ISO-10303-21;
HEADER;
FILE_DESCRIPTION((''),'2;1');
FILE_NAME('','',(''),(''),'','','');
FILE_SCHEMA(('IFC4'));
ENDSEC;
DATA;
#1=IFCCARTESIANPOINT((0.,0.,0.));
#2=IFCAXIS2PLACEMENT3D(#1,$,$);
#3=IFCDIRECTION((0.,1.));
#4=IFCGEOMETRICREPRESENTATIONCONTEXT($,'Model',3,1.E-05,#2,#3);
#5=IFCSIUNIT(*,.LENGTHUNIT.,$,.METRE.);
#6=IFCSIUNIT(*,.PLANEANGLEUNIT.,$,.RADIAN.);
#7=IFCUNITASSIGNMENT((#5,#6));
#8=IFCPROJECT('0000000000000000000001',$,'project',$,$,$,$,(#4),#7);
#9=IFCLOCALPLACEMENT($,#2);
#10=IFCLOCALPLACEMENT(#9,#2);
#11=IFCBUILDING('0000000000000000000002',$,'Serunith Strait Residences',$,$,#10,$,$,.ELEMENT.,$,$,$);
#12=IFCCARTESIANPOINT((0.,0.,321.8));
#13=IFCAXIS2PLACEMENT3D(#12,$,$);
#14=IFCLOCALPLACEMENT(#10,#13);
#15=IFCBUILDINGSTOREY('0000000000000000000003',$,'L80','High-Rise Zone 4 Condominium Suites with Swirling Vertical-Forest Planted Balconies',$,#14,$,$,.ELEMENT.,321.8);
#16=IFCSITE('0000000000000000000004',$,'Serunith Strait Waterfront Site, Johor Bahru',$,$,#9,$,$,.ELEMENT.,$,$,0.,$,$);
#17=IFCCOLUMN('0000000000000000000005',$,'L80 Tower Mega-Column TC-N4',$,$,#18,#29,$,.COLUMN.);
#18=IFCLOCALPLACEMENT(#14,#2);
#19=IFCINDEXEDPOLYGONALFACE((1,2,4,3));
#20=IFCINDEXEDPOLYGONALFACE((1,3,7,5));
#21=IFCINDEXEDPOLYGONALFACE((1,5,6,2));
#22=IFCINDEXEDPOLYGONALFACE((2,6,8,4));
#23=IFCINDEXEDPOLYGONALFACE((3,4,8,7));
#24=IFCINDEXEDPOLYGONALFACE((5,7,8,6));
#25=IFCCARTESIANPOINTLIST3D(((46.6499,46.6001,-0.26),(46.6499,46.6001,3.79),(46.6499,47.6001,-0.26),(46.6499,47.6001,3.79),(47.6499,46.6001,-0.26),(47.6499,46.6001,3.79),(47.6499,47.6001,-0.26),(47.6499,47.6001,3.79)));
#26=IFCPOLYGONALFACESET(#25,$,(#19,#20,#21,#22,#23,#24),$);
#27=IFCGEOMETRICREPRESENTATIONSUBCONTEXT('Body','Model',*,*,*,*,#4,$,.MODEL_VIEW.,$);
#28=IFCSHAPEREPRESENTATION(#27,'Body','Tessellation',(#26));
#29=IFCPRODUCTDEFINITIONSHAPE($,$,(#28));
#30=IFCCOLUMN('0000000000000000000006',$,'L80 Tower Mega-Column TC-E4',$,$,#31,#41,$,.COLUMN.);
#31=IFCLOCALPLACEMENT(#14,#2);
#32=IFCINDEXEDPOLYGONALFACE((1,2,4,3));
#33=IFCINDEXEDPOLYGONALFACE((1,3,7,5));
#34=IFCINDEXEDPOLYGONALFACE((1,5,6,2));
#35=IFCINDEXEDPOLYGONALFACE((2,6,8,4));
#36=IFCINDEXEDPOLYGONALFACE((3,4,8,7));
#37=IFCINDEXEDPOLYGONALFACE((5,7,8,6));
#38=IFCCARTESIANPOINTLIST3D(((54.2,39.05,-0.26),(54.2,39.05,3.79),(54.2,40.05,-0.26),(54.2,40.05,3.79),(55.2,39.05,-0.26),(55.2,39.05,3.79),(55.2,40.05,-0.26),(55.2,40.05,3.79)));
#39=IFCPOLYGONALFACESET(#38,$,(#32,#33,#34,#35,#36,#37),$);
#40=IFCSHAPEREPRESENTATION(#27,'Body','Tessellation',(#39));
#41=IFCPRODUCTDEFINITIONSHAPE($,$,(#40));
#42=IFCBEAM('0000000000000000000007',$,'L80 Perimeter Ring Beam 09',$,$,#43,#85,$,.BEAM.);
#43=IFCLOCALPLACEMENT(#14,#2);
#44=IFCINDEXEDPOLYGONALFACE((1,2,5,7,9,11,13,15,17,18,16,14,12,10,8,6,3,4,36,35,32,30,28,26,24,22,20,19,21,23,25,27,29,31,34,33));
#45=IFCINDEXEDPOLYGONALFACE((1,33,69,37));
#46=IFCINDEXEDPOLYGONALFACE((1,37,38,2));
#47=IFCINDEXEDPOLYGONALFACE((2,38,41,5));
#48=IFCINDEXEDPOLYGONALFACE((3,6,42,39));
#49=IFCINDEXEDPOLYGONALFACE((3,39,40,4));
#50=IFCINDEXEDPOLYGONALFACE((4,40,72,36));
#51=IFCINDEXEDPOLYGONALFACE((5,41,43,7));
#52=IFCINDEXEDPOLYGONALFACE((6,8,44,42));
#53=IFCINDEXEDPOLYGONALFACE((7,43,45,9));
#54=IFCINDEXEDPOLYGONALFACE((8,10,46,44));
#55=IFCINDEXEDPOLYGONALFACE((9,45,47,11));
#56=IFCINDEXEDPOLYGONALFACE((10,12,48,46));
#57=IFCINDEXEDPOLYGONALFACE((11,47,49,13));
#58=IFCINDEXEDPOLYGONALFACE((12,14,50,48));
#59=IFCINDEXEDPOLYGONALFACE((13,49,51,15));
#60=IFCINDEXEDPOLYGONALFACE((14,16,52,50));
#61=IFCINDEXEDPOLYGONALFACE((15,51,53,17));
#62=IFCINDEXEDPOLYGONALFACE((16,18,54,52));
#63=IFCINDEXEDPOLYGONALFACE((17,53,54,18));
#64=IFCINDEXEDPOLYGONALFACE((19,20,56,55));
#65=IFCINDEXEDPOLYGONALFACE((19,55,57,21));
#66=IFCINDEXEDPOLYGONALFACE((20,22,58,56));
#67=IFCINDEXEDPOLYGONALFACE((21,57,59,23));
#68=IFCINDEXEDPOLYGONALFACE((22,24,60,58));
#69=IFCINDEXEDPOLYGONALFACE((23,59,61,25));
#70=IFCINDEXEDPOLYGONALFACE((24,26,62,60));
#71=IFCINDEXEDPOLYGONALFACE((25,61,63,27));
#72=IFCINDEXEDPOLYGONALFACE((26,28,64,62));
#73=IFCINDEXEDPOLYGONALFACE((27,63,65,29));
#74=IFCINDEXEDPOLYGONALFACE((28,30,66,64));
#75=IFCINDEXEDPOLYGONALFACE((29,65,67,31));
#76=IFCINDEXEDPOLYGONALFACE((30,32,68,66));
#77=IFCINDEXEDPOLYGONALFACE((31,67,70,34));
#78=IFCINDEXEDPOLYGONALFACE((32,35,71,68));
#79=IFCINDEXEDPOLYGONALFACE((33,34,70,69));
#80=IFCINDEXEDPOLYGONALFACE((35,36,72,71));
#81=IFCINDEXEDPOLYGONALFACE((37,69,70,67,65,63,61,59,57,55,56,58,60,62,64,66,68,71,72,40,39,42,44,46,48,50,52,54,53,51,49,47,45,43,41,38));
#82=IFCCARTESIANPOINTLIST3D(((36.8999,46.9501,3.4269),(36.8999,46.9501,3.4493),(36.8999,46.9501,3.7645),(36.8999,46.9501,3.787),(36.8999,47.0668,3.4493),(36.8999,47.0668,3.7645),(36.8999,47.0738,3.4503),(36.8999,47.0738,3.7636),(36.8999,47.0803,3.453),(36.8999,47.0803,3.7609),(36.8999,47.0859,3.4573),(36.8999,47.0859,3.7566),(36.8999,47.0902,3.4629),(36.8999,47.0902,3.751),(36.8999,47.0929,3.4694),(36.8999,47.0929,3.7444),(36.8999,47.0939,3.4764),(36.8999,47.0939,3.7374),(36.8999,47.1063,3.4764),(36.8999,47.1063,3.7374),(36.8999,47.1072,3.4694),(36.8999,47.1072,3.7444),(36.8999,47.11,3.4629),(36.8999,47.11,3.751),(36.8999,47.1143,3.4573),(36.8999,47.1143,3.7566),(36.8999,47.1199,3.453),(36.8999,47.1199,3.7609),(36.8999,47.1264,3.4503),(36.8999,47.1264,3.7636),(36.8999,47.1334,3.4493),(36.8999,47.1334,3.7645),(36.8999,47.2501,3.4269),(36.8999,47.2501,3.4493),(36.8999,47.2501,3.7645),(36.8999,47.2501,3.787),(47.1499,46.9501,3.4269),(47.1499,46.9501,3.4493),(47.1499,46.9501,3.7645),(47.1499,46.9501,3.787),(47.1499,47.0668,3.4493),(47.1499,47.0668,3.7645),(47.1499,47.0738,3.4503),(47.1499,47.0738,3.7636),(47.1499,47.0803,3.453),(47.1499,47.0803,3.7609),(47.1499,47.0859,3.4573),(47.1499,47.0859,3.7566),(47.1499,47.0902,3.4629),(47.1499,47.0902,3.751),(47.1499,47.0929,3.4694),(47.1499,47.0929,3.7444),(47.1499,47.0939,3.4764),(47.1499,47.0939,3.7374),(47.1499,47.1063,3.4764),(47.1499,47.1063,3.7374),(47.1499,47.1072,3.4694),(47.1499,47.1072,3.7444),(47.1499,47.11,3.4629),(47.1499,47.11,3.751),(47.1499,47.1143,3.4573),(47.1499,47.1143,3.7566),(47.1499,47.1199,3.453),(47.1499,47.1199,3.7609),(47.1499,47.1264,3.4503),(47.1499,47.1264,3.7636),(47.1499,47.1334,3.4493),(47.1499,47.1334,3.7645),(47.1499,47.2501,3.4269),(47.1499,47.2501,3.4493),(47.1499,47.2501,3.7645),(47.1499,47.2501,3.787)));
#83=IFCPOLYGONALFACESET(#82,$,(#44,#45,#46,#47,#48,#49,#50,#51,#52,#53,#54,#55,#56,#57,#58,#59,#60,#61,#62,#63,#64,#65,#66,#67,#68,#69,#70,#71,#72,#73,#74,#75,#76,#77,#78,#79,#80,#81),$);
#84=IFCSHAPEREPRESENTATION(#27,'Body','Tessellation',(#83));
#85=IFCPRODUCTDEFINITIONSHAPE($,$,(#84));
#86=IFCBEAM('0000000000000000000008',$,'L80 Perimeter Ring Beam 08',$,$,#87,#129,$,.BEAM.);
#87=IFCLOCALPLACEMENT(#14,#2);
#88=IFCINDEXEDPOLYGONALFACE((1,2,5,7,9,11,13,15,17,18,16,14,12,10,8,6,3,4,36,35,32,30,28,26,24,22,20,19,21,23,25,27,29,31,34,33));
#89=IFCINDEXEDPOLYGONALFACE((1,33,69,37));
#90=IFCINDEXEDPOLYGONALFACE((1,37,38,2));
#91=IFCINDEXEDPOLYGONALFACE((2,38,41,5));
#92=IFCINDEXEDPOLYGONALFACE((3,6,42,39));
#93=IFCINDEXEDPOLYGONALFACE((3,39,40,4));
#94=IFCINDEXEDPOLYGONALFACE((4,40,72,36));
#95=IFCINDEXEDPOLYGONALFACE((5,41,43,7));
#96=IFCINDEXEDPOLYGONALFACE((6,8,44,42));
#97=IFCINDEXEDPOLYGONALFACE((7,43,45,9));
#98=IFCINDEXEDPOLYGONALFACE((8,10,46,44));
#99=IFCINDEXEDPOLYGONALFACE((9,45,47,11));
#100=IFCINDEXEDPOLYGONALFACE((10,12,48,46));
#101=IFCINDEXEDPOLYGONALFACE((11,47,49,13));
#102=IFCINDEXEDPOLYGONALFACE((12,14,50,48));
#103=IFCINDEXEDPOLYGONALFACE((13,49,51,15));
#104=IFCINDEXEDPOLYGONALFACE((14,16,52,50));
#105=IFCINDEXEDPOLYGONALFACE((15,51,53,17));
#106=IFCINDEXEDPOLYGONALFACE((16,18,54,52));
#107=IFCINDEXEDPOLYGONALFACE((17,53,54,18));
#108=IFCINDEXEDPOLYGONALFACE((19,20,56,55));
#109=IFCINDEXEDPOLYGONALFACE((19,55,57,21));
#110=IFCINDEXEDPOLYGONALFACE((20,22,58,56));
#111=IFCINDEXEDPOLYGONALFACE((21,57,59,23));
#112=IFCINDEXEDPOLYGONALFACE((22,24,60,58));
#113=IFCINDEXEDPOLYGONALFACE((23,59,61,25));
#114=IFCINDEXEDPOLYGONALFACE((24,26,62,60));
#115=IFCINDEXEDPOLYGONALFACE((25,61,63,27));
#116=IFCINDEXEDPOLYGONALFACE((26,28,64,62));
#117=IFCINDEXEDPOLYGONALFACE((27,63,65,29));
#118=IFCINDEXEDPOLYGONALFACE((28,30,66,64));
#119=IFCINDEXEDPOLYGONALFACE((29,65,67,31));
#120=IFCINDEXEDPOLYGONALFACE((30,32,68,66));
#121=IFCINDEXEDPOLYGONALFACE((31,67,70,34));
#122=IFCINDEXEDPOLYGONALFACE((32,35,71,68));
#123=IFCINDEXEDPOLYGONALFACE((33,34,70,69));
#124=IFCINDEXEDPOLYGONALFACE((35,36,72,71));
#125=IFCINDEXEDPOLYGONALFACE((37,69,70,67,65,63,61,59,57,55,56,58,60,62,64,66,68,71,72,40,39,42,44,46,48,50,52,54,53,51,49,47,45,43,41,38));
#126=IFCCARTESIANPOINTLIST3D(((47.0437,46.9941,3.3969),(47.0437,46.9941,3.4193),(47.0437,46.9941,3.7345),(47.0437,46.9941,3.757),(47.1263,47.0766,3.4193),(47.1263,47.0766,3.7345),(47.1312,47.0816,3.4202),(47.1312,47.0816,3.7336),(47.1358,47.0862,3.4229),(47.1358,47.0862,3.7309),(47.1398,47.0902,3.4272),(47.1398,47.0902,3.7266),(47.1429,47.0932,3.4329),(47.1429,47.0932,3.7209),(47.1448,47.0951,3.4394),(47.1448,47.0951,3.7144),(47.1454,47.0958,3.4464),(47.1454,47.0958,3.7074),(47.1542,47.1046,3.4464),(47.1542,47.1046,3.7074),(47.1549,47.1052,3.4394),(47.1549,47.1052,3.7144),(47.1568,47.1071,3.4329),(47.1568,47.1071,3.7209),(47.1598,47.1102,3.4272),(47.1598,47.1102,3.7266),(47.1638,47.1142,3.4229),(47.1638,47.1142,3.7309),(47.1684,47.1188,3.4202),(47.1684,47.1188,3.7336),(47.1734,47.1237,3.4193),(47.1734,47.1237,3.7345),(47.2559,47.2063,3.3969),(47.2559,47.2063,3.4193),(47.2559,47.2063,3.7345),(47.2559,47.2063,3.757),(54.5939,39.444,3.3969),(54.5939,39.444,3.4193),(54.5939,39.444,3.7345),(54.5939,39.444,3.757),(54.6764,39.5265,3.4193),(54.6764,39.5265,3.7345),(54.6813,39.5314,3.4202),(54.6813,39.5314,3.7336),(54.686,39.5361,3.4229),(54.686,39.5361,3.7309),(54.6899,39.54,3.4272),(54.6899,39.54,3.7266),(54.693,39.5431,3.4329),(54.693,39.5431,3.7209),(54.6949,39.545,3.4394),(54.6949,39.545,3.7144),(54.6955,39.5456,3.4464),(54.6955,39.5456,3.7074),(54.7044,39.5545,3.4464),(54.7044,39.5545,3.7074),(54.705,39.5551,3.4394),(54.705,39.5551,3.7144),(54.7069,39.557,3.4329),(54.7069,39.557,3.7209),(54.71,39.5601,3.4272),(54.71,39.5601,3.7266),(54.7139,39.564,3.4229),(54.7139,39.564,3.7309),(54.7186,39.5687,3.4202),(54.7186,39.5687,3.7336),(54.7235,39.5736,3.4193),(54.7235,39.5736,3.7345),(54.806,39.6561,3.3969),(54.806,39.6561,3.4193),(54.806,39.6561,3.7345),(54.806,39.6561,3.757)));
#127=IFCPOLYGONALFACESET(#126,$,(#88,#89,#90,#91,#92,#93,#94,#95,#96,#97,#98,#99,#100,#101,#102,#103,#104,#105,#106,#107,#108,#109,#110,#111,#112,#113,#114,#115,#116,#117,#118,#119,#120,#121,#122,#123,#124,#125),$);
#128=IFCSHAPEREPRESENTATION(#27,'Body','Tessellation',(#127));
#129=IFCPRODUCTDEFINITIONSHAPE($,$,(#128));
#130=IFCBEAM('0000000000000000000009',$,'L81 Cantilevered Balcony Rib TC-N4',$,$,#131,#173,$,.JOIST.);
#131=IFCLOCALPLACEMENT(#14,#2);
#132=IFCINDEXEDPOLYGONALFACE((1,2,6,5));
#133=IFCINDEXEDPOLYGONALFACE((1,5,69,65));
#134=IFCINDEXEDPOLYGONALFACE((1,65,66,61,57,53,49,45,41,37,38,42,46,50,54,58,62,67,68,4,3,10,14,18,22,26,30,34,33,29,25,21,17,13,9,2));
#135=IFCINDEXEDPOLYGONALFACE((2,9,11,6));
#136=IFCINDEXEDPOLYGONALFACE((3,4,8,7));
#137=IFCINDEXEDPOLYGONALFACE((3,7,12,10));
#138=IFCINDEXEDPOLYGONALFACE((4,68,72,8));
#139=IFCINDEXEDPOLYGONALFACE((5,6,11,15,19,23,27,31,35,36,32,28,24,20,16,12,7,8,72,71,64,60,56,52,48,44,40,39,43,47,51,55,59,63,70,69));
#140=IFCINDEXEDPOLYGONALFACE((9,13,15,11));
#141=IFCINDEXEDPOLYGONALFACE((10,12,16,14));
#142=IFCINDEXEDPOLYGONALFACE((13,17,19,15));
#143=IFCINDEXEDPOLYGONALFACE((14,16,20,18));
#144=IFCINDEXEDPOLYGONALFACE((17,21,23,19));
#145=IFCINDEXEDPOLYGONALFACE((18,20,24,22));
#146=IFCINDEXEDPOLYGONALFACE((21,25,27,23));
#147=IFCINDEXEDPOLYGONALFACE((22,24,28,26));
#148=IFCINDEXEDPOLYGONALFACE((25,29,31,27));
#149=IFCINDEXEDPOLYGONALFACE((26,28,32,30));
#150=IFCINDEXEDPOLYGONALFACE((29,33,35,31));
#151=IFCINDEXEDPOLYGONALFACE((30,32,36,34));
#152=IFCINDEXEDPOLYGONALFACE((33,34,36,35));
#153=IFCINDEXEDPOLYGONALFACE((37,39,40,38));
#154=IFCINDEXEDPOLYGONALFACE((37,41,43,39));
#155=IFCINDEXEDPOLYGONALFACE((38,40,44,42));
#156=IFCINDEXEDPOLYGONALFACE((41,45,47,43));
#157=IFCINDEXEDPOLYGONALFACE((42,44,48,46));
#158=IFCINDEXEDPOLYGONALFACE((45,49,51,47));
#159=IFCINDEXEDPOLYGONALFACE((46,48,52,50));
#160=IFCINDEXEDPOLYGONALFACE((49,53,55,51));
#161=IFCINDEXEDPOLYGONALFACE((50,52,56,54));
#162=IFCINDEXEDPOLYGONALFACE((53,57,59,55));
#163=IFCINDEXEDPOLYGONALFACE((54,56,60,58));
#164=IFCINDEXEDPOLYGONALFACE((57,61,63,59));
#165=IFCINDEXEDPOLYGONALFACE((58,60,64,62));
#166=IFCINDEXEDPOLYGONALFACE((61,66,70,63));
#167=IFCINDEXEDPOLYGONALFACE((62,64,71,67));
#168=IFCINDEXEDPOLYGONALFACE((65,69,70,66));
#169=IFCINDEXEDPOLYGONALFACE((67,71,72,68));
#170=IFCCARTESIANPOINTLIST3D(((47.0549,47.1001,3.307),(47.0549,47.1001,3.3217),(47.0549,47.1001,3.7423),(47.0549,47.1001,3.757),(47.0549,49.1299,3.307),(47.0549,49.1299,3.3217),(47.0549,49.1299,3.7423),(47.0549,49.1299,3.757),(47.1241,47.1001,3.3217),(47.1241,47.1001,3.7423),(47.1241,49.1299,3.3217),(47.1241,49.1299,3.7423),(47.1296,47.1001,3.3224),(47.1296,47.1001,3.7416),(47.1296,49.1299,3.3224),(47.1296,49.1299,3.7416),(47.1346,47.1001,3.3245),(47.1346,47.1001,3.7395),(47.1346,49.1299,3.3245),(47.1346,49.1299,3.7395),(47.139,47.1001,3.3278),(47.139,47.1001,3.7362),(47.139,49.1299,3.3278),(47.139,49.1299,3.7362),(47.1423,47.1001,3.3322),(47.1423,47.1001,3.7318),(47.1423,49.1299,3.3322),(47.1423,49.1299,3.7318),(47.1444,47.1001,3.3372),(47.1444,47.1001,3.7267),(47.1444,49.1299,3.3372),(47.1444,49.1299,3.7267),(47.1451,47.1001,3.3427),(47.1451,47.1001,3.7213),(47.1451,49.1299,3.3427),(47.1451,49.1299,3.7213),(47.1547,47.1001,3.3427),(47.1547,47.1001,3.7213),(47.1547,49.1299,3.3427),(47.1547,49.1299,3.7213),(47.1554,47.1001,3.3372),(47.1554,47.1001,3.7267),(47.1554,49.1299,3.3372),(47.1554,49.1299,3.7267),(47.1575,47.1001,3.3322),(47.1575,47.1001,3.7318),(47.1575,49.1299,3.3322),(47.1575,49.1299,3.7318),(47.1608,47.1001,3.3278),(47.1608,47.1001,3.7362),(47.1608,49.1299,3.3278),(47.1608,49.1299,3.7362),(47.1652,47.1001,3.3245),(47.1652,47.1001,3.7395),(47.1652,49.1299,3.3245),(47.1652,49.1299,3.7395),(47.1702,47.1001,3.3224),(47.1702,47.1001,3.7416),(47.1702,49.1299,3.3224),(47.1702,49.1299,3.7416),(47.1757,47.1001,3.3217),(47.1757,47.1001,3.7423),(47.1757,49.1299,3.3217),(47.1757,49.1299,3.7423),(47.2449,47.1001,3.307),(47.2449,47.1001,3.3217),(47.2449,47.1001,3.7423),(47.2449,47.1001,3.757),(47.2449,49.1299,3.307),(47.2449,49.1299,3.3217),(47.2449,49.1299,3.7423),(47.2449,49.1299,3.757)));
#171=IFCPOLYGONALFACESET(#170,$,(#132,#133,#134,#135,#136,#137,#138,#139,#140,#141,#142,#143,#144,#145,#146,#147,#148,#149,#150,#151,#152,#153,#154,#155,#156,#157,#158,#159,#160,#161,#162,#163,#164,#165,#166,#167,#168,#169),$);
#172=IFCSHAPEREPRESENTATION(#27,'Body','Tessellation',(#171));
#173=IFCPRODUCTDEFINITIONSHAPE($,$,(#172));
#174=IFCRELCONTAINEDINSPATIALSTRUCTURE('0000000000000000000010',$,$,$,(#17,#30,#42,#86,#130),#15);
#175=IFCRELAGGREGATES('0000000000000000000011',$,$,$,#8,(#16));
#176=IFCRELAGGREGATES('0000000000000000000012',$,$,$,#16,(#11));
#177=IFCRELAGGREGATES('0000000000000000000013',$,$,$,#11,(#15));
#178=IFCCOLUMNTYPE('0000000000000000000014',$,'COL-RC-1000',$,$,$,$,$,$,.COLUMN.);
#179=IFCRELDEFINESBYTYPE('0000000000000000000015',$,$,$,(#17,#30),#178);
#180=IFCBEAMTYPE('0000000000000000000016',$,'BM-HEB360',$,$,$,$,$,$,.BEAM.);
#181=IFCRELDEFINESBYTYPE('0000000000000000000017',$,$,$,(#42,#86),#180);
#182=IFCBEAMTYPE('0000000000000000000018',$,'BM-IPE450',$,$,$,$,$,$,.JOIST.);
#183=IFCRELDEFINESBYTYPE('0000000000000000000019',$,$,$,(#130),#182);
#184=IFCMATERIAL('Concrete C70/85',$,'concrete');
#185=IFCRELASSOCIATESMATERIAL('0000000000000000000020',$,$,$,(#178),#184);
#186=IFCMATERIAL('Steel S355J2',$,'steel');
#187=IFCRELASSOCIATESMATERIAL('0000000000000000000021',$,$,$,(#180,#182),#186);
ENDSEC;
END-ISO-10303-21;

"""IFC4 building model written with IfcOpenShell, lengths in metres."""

from ifc_helpers import new_model, si_unit, direction, frame, origin, origin_2d, place, context, subcontext, project, spatial, rectangle, i_section, extrude, source, transform, mapped, material, material_profile, profile_set, type_object, element, save


model = new_model("IFC4")

# Units and contexts
model_context = context("Model", 3, precision=1e-05, world=origin(), true_north=direction((0.0, 1.0)))
body_context = subcontext(model_context, "Body", "Model", "MODEL_VIEW")
ifc_project = project(units=[si_unit("LENGTHUNIT", "METRE"), si_unit("PLANEANGLEUNIT", "RADIAN")], contexts=[model_context])

# Site, building, storey
site_placement = place(None, origin())
site = spatial("IfcSite", under=ifc_project, at=site_placement, Name="Serunith Strait Waterfront Site, Johor Bahru", CompositionType="ELEMENT", RefElevation=0.0)
building_placement = place(site_placement, origin())
building = spatial("IfcBuilding", under=site, at=building_placement, Name="Serunith Strait Residences", CompositionType="ELEMENT")
storey_placement = place(building_placement, frame((0.0, 0.0, 321.8)))
storey = spatial("IfcBuildingStorey", under=building, at=storey_placement, Name="L80", Description="High-Rise Zone 4 Condominium Suites with Swirling Vertical-Forest Planted Balconies", CompositionType="ELEMENT", Elevation=321.8)

# Columns
ifc_material_1 = material(Name="Concrete C70/85", Category="concrete")
ifc_material_profile_1 = material_profile(ifc_material_1, rectangle(XDim=1.0, YDim=1.0, at=origin_2d()), Name="RC 1000x1000")
ifc_profile_set_1 = profile_set([ifc_material_profile_1], Name="Concrete C70/85")
column_type = type_object("IfcColumnType", Name="COL-RC-1000", PredefinedType="COLUMN", material=ifc_profile_set_1)
shared_shape_1 = source(origin(), body_context, "Body", "SweptSolid", [
    extrude(rectangle(XDim=1.0, YDim=1.0, at=origin_2d()), origin(), (0.0, 0.0, 1.0), 4.05),
])
for number, where, z_axis, x_axis, name in (
    (1, (47.1499, 47.1001, -0.26), (0.0, 0.0, 1.0), (1.0, 0.0, 0.0), "L80 Tower Mega-Column TC-N4"),
    (2, (54.7, 39.55, -0.26), (0.0, 0.0, 1.0), (1.0, 0.0, 0.0), "L80 Tower Mega-Column TC-E4"),
):
    element("IfcColumn", number, at=place(storey_placement, frame(where, z_axis=z_axis, x_axis=x_axis)), inside=storey, type_object=column_type, Name=name, PredefinedType="COLUMN", context=body_context, shape_type="MappedRepresentation", body=[
        mapped(shared_shape_1, transform((0.0, 0.0, 0.0), scale=1.0)),
    ])

# Beams
ifc_material_2 = material(Name="Steel S355J2", Category="steel")
ifc_material_profile_2 = material_profile(ifc_material_2, i_section(OverallWidth=0.3, OverallDepth=0.3601, WebThickness=0.0125, FlangeThickness=0.0225, FilletRadius=0.0271, at=origin_2d()), Name="HEB 360")
ifc_profile_set_2 = profile_set([ifc_material_profile_2], Name="Steel S355J2")
beam_type_1 = type_object("IfcBeamType", Name="BM-HEB360", PredefinedType="BEAM", material=ifc_profile_set_2)
shared_shape_2 = source(origin(), body_context, "Body", "SweptSolid", [
    extrude(i_section(OverallWidth=0.3, OverallDepth=0.3601, WebThickness=0.0125, FlangeThickness=0.0225, FilletRadius=0.0271, at=origin_2d()), origin(), (0.0, 0.0, 1.0), 10.25),
])
beam_1_placement = place(storey_placement, frame((47.1499, 47.1001, 3.6069), z_axis=(-1.0, 0.0, 0.0), x_axis=(0.0, -1.0, 0.0)))
element("IfcBeam", 3, at=beam_1_placement, inside=storey, type_object=beam_type_1, Name="L80 Perimeter Ring Beam 09", PredefinedType="BEAM", context=body_context, shape_type="MappedRepresentation", body=[
    mapped(shared_shape_2, transform((0.0, 0.0, 0.0), scale=1.0)),
])
shared_shape_3 = source(origin(), body_context, "Body", "SweptSolid", [
    extrude(i_section(OverallWidth=0.3, OverallDepth=0.3601, WebThickness=0.0125, FlangeThickness=0.0225, FilletRadius=0.0271, at=origin_2d()), origin(), (0.0, 0.0, 1.0), 10.6775),
])
beam_2_placement = place(storey_placement, frame((54.7, 39.55, 3.5769), z_axis=(-0.707107, 0.707107, 0.0), x_axis=(-0.707107, -0.707107, 0.0)))
element("IfcBeam", 4, at=beam_2_placement, inside=storey, type_object=beam_type_1, Name="L80 Perimeter Ring Beam 08", PredefinedType="BEAM", context=body_context, shape_type="MappedRepresentation", body=[
    mapped(shared_shape_3, transform((0.0, 0.0, 0.0), scale=1.0)),
])
ifc_material_profile_3 = material_profile(ifc_material_2, i_section(OverallWidth=0.1899, OverallDepth=0.45, WebThickness=0.0095, FlangeThickness=0.0146, FilletRadius=0.021, at=origin_2d()), Name="IPE 450")
ifc_profile_set_3 = profile_set([ifc_material_profile_3], Name="Steel S355J2")
beam_type_2 = type_object("IfcBeamType", Name="BM-IPE450", PredefinedType="JOIST", material=ifc_profile_set_3)
shared_shape_4 = source(origin(), body_context, "Body", "SweptSolid", [
    extrude(i_section(OverallWidth=0.1899, OverallDepth=0.45, WebThickness=0.0095, FlangeThickness=0.0146, FilletRadius=0.021, at=origin_2d()), origin(), (0.0, 0.0, 1.0), 2.0298),
])
beam_3_placement = place(storey_placement, frame((47.1499, 47.1001, 3.532), z_axis=(0.0, 1.0, 0.0), x_axis=(-1.0, 0.0, 0.0)))
element("IfcBeam", 5, at=beam_3_placement, inside=storey, type_object=beam_type_2, Name="L81 Cantilevered Balcony Rib TC-N4", PredefinedType="JOIST", context=body_context, shape_type="MappedRepresentation", body=[
    mapped(shared_shape_4, transform((0.0, 0.0, 0.0), scale=1.0)),
])

save(model, "model.ifc")
